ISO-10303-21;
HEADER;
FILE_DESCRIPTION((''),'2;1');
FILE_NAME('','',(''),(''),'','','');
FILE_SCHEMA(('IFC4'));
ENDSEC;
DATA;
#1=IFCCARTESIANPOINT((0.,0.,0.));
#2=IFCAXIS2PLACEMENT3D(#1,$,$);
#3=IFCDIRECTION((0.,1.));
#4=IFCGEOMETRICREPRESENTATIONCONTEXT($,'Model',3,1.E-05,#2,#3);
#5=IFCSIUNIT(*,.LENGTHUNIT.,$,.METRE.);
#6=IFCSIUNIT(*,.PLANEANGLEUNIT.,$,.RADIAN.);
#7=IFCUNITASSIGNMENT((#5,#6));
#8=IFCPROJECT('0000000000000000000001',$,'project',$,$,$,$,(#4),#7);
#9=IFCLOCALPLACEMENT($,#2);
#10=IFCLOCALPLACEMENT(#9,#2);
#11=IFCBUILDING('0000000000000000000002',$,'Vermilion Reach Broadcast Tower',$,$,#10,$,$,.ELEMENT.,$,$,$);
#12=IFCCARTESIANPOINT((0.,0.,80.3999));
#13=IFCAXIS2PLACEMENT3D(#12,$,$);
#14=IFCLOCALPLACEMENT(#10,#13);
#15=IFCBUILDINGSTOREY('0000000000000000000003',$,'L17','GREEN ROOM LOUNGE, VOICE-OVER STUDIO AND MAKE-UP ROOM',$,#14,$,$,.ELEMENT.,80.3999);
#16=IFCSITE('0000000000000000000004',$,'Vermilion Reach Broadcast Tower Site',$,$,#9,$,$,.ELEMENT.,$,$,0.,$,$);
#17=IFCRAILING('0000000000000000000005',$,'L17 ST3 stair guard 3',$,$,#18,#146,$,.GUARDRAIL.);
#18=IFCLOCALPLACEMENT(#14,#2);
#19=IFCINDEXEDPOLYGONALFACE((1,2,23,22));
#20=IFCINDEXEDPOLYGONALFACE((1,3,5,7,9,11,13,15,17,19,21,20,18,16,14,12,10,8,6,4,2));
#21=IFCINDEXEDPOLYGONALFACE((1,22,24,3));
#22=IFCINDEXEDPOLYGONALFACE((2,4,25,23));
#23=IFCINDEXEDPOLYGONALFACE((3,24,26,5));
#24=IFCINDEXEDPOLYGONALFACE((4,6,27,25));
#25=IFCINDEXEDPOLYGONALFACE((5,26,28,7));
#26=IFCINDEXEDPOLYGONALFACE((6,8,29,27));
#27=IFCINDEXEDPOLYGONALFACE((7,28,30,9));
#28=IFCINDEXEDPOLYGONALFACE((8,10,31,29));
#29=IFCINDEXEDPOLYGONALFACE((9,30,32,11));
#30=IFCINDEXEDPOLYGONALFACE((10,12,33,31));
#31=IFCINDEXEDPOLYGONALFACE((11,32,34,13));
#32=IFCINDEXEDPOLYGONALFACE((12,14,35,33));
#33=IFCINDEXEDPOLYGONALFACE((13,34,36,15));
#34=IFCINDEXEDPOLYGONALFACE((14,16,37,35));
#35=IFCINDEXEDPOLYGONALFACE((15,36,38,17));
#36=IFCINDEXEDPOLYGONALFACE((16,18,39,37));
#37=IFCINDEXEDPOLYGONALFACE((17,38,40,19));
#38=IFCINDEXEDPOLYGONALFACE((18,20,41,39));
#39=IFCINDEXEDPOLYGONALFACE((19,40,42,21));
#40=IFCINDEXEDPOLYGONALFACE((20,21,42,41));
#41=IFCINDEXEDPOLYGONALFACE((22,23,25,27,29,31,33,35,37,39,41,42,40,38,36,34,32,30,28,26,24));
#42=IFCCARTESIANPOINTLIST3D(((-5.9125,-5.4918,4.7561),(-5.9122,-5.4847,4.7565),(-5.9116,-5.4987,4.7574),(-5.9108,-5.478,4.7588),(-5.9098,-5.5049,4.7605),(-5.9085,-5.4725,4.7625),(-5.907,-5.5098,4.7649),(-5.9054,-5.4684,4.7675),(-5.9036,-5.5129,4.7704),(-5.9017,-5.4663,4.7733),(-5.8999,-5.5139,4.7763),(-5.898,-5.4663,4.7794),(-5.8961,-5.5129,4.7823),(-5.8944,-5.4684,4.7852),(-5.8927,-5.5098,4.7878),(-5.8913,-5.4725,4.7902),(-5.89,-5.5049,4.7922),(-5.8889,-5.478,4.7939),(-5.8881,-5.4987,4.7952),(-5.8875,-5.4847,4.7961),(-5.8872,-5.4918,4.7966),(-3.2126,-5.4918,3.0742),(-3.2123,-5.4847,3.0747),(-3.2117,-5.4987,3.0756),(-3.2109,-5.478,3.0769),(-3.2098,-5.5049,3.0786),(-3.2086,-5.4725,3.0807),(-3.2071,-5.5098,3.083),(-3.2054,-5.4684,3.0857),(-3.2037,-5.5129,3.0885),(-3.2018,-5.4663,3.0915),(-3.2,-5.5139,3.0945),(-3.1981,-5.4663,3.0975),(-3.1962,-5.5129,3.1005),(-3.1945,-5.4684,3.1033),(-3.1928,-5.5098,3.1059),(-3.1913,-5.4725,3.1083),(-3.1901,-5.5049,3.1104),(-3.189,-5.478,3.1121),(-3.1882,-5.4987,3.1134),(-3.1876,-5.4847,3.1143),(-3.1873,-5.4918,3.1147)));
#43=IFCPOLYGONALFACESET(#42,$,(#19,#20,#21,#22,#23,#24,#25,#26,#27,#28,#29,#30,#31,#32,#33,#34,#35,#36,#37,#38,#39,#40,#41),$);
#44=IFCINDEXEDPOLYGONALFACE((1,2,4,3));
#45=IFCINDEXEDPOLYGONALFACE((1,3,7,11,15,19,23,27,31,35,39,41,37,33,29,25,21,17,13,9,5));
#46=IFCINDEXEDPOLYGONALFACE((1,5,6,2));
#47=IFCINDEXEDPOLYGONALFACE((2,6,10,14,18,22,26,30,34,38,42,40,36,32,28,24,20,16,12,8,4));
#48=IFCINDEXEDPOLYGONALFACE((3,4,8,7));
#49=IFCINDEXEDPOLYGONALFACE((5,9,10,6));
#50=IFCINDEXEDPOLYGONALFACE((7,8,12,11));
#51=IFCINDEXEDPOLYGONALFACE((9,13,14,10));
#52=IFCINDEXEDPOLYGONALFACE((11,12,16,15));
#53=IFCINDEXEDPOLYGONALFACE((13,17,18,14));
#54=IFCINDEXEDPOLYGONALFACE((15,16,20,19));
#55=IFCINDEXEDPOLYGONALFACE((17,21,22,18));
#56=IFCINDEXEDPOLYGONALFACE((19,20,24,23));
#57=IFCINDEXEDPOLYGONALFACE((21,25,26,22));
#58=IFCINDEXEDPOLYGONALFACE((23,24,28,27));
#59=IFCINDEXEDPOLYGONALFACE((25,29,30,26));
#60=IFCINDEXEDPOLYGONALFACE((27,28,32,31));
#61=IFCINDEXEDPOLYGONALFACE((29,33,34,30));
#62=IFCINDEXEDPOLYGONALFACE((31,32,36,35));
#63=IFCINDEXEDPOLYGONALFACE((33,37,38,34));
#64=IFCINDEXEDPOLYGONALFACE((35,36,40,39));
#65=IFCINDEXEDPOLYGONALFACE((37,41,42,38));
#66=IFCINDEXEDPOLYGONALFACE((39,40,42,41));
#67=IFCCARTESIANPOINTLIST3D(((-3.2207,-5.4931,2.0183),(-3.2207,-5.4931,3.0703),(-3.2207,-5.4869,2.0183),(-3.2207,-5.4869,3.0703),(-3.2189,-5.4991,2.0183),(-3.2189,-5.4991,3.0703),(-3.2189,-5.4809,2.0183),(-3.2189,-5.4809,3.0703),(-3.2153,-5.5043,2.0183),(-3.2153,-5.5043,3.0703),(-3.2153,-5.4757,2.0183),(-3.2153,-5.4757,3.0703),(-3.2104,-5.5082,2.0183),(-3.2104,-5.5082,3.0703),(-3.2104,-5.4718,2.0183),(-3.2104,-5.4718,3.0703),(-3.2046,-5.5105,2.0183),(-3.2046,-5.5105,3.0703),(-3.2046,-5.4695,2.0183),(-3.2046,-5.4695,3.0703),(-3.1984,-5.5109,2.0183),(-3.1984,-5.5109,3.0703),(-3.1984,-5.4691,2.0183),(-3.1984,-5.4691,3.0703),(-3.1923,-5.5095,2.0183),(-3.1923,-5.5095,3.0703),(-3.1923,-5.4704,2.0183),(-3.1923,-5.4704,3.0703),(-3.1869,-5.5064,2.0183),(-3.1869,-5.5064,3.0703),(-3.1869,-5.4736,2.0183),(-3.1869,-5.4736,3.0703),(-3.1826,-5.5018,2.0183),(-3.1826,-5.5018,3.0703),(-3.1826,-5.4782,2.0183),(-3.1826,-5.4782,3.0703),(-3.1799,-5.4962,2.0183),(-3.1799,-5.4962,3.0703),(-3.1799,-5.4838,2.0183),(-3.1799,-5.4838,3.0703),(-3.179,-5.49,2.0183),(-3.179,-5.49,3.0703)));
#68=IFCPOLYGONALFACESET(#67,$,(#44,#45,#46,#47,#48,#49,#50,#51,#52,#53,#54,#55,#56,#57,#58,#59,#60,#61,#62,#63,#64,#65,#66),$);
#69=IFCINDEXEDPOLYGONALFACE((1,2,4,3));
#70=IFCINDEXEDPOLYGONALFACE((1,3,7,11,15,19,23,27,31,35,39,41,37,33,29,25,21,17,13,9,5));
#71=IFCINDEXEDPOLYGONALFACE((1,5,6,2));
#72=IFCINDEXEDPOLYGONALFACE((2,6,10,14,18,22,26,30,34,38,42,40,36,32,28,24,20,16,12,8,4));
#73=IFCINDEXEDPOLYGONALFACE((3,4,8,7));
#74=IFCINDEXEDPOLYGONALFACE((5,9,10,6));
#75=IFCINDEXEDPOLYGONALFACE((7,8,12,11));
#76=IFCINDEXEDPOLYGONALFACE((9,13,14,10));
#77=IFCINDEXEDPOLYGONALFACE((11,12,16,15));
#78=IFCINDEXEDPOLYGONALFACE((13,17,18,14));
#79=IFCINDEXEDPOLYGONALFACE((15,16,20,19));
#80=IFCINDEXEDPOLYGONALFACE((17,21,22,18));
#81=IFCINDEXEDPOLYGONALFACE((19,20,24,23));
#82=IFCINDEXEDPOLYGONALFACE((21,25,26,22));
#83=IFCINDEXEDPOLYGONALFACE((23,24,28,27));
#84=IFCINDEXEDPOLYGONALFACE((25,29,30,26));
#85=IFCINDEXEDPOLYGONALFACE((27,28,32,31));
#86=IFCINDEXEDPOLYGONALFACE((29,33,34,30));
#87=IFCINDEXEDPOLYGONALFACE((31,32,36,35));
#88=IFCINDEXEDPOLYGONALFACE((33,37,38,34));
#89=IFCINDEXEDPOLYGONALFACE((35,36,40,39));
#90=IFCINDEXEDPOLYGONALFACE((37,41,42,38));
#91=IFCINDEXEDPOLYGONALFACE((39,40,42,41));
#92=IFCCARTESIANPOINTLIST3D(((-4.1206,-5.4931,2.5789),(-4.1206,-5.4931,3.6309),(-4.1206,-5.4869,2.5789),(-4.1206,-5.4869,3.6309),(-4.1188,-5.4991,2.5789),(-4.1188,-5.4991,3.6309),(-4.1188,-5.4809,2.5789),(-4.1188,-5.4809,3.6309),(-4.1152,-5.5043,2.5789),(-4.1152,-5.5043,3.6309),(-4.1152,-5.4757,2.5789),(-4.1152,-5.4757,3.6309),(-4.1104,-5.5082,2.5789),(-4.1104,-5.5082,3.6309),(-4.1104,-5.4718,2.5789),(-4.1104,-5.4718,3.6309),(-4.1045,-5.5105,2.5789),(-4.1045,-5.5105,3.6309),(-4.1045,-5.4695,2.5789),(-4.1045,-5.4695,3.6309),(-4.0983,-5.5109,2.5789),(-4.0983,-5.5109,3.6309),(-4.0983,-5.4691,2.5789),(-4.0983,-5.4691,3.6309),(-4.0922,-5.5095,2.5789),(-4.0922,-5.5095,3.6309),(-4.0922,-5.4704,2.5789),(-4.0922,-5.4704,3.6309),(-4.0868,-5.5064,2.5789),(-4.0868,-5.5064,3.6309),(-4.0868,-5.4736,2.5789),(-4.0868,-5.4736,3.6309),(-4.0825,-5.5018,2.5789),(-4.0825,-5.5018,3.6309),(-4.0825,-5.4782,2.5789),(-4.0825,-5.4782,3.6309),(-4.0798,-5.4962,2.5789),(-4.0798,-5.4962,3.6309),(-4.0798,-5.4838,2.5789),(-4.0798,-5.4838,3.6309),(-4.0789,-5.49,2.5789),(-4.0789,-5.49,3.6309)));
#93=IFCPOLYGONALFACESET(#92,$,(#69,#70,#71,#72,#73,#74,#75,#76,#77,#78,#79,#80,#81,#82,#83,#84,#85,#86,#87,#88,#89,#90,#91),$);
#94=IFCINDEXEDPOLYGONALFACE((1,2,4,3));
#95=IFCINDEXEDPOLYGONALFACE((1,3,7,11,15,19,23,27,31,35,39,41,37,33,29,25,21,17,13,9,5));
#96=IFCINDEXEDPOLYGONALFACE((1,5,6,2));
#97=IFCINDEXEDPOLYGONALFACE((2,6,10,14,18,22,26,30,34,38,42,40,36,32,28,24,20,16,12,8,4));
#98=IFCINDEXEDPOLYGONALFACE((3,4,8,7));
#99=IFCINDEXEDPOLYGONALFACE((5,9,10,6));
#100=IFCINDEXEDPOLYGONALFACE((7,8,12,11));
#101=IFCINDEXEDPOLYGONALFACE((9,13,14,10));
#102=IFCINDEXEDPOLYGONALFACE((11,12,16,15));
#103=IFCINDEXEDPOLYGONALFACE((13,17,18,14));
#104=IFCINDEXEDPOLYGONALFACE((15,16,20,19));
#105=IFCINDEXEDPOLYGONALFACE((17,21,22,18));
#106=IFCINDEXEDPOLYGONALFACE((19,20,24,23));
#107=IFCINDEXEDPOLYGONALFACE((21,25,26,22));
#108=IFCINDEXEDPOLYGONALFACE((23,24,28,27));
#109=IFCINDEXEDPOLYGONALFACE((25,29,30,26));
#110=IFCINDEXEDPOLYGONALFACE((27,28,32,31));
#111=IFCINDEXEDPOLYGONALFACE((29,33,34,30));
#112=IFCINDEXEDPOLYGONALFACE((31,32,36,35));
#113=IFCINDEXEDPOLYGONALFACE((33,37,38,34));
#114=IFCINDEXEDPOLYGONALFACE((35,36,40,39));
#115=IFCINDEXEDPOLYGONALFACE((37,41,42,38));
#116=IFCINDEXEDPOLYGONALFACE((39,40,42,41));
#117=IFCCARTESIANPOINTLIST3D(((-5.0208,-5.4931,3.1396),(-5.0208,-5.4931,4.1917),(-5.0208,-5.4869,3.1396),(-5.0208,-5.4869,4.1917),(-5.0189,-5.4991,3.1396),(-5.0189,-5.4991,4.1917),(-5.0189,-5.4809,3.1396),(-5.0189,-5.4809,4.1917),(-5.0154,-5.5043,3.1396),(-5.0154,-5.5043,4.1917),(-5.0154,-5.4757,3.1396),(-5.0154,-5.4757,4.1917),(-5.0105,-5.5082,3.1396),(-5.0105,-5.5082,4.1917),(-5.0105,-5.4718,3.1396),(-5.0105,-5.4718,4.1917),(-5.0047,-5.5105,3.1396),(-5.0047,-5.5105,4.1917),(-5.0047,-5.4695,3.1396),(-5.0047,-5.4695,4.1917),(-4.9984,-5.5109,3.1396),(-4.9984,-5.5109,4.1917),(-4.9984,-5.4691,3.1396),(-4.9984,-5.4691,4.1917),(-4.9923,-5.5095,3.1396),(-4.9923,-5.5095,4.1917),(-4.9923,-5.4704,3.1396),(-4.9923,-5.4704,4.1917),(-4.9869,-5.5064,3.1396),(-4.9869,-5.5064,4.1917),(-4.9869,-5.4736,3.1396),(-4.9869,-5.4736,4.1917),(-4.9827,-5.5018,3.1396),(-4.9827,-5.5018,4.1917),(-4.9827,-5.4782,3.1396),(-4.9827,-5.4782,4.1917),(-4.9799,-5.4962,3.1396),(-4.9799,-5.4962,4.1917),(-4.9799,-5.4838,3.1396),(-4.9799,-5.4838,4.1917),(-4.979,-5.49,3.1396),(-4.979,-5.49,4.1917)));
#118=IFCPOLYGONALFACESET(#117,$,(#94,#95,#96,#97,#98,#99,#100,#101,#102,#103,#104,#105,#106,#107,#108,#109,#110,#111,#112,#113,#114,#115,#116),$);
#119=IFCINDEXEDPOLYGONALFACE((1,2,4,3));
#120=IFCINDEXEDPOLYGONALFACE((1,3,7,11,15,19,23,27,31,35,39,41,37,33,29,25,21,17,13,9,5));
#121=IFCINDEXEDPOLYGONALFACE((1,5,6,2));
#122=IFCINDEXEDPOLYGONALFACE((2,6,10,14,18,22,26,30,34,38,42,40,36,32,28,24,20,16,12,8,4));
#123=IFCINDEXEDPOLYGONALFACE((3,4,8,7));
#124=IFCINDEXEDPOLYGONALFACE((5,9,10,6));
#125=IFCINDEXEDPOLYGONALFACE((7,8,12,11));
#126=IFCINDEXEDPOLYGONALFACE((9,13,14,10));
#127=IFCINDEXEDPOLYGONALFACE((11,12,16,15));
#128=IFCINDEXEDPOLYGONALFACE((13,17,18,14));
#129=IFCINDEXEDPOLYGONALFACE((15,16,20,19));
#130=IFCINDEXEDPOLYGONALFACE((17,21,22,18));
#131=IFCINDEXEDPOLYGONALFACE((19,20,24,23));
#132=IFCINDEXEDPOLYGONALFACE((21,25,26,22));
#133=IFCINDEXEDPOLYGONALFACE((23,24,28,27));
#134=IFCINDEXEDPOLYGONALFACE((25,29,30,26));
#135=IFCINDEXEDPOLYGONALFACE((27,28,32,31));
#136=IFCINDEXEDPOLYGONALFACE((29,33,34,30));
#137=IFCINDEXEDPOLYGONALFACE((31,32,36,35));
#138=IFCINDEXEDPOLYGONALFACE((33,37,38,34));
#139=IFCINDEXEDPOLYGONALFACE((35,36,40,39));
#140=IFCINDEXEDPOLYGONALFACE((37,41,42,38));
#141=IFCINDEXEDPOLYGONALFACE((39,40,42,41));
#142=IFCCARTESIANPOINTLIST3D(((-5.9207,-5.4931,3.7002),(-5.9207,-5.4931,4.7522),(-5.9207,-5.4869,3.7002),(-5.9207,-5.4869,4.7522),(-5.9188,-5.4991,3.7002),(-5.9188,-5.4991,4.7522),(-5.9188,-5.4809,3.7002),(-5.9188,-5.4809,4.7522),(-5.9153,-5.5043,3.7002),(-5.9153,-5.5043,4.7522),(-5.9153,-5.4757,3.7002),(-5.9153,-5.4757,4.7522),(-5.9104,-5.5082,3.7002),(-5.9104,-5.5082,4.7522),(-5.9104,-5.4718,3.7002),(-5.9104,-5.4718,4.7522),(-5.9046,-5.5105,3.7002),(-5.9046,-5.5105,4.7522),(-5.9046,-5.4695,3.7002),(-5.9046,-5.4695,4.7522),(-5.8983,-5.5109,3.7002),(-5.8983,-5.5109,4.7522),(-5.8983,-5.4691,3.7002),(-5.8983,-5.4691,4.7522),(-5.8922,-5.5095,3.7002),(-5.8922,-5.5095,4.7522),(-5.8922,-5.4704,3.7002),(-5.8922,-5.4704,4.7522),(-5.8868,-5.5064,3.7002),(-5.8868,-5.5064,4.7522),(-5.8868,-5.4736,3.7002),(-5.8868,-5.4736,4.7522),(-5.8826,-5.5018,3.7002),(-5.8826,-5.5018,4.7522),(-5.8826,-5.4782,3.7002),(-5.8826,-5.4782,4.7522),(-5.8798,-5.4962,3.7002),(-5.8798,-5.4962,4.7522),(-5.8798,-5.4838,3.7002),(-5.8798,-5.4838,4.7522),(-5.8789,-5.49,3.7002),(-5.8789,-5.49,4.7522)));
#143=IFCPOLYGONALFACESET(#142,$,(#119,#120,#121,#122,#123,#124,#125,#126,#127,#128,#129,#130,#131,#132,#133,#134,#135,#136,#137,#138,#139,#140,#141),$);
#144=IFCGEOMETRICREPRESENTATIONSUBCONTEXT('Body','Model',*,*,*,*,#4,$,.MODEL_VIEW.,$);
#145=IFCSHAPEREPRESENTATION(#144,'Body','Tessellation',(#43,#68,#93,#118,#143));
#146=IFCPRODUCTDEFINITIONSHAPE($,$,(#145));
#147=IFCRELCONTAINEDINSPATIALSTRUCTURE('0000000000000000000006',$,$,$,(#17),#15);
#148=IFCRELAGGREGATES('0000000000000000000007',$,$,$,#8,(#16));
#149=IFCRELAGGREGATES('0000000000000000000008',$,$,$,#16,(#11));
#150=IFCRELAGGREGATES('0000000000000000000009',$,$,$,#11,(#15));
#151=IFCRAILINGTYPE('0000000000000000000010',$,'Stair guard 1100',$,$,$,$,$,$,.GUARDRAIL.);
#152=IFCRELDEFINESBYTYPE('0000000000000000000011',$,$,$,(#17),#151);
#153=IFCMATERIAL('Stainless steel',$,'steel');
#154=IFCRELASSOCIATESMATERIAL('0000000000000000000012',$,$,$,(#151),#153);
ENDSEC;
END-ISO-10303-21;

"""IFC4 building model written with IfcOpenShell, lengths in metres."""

from ifc_helpers import new_model, si_unit, direction, frame, origin, origin_2d, place, context, subcontext, project, spatial, circle, extrude, material, type_object, element, save


model = new_model("IFC4")

# Units and contexts
model_context = context("Model", 3, precision=1e-05, world=origin(), true_north=direction((0.0, 1.0)))
body_context = subcontext(model_context, "Body", "Model", "MODEL_VIEW")
ifc_project = project(units=[si_unit("LENGTHUNIT", "METRE"), si_unit("PLANEANGLEUNIT", "RADIAN")], contexts=[model_context])

# Site, building, storey
site_placement = place(None, origin())
site = spatial("IfcSite", under=ifc_project, at=site_placement, Name="Vermilion Reach Broadcast Tower Site", CompositionType="ELEMENT", RefElevation=0.0)
building_placement = place(site_placement, origin())
building = spatial("IfcBuilding", under=site, at=building_placement, Name="Vermilion Reach Broadcast Tower", CompositionType="ELEMENT")
storey_placement = place(building_placement, frame((0.0, 0.0, 80.3999)))
storey = spatial("IfcBuildingStorey", under=building, at=storey_placement, Name="L17", Description="GREEN ROOM LOUNGE, VOICE-OVER STUDIO AND MAKE-UP ROOM", CompositionType="ELEMENT", Elevation=80.3999)

# Railing
ifc_material_1 = material(Name="Stainless steel", Category="steel")
railing_type_1 = type_object("IfcRailingType", Name="Stair guard 1100", PredefinedType="GUARDRAIL", material=ifc_material_1)
railing_1_placement = place(storey_placement, frame((-3.2, -5.49, 2.0183)))
element("IfcRailing", 1, at=railing_1_placement, inside=storey, type_object=railing_type_1, Name="L17 ST3 stair guard 3", PredefinedType="GUARDRAIL", context=body_context, shape_type="SweptSolid", body=[
    extrude(circle(Radius=0.0239, at=origin_2d()), frame((0.0, 0.0, 1.0762), z_axis=(-0.848786, 0.0, 0.528736), x_axis=(0.0, -1.0, 0.0)), (0.0, 0.0, 1.0), 3.1809),
    extrude(circle(Radius=0.021, at=origin_2d()), origin(), (0.0, 0.0, 1.0), 1.052),
    extrude(circle(Radius=0.021, at=origin_2d()), frame((-0.8999, 0.0, 0.5605)), (0.0, 0.0, 1.0), 1.052),
    extrude(circle(Radius=0.021, at=origin_2d()), frame((-1.8, 0.0, 1.1213)), (0.0, 0.0, 1.0), 1.052),
    extrude(circle(Radius=0.021, at=origin_2d()), frame((-2.7, 0.0, 1.6819)), (0.0, 0.0, 1.0), 1.052),
])

save(model, "model.ifc")
